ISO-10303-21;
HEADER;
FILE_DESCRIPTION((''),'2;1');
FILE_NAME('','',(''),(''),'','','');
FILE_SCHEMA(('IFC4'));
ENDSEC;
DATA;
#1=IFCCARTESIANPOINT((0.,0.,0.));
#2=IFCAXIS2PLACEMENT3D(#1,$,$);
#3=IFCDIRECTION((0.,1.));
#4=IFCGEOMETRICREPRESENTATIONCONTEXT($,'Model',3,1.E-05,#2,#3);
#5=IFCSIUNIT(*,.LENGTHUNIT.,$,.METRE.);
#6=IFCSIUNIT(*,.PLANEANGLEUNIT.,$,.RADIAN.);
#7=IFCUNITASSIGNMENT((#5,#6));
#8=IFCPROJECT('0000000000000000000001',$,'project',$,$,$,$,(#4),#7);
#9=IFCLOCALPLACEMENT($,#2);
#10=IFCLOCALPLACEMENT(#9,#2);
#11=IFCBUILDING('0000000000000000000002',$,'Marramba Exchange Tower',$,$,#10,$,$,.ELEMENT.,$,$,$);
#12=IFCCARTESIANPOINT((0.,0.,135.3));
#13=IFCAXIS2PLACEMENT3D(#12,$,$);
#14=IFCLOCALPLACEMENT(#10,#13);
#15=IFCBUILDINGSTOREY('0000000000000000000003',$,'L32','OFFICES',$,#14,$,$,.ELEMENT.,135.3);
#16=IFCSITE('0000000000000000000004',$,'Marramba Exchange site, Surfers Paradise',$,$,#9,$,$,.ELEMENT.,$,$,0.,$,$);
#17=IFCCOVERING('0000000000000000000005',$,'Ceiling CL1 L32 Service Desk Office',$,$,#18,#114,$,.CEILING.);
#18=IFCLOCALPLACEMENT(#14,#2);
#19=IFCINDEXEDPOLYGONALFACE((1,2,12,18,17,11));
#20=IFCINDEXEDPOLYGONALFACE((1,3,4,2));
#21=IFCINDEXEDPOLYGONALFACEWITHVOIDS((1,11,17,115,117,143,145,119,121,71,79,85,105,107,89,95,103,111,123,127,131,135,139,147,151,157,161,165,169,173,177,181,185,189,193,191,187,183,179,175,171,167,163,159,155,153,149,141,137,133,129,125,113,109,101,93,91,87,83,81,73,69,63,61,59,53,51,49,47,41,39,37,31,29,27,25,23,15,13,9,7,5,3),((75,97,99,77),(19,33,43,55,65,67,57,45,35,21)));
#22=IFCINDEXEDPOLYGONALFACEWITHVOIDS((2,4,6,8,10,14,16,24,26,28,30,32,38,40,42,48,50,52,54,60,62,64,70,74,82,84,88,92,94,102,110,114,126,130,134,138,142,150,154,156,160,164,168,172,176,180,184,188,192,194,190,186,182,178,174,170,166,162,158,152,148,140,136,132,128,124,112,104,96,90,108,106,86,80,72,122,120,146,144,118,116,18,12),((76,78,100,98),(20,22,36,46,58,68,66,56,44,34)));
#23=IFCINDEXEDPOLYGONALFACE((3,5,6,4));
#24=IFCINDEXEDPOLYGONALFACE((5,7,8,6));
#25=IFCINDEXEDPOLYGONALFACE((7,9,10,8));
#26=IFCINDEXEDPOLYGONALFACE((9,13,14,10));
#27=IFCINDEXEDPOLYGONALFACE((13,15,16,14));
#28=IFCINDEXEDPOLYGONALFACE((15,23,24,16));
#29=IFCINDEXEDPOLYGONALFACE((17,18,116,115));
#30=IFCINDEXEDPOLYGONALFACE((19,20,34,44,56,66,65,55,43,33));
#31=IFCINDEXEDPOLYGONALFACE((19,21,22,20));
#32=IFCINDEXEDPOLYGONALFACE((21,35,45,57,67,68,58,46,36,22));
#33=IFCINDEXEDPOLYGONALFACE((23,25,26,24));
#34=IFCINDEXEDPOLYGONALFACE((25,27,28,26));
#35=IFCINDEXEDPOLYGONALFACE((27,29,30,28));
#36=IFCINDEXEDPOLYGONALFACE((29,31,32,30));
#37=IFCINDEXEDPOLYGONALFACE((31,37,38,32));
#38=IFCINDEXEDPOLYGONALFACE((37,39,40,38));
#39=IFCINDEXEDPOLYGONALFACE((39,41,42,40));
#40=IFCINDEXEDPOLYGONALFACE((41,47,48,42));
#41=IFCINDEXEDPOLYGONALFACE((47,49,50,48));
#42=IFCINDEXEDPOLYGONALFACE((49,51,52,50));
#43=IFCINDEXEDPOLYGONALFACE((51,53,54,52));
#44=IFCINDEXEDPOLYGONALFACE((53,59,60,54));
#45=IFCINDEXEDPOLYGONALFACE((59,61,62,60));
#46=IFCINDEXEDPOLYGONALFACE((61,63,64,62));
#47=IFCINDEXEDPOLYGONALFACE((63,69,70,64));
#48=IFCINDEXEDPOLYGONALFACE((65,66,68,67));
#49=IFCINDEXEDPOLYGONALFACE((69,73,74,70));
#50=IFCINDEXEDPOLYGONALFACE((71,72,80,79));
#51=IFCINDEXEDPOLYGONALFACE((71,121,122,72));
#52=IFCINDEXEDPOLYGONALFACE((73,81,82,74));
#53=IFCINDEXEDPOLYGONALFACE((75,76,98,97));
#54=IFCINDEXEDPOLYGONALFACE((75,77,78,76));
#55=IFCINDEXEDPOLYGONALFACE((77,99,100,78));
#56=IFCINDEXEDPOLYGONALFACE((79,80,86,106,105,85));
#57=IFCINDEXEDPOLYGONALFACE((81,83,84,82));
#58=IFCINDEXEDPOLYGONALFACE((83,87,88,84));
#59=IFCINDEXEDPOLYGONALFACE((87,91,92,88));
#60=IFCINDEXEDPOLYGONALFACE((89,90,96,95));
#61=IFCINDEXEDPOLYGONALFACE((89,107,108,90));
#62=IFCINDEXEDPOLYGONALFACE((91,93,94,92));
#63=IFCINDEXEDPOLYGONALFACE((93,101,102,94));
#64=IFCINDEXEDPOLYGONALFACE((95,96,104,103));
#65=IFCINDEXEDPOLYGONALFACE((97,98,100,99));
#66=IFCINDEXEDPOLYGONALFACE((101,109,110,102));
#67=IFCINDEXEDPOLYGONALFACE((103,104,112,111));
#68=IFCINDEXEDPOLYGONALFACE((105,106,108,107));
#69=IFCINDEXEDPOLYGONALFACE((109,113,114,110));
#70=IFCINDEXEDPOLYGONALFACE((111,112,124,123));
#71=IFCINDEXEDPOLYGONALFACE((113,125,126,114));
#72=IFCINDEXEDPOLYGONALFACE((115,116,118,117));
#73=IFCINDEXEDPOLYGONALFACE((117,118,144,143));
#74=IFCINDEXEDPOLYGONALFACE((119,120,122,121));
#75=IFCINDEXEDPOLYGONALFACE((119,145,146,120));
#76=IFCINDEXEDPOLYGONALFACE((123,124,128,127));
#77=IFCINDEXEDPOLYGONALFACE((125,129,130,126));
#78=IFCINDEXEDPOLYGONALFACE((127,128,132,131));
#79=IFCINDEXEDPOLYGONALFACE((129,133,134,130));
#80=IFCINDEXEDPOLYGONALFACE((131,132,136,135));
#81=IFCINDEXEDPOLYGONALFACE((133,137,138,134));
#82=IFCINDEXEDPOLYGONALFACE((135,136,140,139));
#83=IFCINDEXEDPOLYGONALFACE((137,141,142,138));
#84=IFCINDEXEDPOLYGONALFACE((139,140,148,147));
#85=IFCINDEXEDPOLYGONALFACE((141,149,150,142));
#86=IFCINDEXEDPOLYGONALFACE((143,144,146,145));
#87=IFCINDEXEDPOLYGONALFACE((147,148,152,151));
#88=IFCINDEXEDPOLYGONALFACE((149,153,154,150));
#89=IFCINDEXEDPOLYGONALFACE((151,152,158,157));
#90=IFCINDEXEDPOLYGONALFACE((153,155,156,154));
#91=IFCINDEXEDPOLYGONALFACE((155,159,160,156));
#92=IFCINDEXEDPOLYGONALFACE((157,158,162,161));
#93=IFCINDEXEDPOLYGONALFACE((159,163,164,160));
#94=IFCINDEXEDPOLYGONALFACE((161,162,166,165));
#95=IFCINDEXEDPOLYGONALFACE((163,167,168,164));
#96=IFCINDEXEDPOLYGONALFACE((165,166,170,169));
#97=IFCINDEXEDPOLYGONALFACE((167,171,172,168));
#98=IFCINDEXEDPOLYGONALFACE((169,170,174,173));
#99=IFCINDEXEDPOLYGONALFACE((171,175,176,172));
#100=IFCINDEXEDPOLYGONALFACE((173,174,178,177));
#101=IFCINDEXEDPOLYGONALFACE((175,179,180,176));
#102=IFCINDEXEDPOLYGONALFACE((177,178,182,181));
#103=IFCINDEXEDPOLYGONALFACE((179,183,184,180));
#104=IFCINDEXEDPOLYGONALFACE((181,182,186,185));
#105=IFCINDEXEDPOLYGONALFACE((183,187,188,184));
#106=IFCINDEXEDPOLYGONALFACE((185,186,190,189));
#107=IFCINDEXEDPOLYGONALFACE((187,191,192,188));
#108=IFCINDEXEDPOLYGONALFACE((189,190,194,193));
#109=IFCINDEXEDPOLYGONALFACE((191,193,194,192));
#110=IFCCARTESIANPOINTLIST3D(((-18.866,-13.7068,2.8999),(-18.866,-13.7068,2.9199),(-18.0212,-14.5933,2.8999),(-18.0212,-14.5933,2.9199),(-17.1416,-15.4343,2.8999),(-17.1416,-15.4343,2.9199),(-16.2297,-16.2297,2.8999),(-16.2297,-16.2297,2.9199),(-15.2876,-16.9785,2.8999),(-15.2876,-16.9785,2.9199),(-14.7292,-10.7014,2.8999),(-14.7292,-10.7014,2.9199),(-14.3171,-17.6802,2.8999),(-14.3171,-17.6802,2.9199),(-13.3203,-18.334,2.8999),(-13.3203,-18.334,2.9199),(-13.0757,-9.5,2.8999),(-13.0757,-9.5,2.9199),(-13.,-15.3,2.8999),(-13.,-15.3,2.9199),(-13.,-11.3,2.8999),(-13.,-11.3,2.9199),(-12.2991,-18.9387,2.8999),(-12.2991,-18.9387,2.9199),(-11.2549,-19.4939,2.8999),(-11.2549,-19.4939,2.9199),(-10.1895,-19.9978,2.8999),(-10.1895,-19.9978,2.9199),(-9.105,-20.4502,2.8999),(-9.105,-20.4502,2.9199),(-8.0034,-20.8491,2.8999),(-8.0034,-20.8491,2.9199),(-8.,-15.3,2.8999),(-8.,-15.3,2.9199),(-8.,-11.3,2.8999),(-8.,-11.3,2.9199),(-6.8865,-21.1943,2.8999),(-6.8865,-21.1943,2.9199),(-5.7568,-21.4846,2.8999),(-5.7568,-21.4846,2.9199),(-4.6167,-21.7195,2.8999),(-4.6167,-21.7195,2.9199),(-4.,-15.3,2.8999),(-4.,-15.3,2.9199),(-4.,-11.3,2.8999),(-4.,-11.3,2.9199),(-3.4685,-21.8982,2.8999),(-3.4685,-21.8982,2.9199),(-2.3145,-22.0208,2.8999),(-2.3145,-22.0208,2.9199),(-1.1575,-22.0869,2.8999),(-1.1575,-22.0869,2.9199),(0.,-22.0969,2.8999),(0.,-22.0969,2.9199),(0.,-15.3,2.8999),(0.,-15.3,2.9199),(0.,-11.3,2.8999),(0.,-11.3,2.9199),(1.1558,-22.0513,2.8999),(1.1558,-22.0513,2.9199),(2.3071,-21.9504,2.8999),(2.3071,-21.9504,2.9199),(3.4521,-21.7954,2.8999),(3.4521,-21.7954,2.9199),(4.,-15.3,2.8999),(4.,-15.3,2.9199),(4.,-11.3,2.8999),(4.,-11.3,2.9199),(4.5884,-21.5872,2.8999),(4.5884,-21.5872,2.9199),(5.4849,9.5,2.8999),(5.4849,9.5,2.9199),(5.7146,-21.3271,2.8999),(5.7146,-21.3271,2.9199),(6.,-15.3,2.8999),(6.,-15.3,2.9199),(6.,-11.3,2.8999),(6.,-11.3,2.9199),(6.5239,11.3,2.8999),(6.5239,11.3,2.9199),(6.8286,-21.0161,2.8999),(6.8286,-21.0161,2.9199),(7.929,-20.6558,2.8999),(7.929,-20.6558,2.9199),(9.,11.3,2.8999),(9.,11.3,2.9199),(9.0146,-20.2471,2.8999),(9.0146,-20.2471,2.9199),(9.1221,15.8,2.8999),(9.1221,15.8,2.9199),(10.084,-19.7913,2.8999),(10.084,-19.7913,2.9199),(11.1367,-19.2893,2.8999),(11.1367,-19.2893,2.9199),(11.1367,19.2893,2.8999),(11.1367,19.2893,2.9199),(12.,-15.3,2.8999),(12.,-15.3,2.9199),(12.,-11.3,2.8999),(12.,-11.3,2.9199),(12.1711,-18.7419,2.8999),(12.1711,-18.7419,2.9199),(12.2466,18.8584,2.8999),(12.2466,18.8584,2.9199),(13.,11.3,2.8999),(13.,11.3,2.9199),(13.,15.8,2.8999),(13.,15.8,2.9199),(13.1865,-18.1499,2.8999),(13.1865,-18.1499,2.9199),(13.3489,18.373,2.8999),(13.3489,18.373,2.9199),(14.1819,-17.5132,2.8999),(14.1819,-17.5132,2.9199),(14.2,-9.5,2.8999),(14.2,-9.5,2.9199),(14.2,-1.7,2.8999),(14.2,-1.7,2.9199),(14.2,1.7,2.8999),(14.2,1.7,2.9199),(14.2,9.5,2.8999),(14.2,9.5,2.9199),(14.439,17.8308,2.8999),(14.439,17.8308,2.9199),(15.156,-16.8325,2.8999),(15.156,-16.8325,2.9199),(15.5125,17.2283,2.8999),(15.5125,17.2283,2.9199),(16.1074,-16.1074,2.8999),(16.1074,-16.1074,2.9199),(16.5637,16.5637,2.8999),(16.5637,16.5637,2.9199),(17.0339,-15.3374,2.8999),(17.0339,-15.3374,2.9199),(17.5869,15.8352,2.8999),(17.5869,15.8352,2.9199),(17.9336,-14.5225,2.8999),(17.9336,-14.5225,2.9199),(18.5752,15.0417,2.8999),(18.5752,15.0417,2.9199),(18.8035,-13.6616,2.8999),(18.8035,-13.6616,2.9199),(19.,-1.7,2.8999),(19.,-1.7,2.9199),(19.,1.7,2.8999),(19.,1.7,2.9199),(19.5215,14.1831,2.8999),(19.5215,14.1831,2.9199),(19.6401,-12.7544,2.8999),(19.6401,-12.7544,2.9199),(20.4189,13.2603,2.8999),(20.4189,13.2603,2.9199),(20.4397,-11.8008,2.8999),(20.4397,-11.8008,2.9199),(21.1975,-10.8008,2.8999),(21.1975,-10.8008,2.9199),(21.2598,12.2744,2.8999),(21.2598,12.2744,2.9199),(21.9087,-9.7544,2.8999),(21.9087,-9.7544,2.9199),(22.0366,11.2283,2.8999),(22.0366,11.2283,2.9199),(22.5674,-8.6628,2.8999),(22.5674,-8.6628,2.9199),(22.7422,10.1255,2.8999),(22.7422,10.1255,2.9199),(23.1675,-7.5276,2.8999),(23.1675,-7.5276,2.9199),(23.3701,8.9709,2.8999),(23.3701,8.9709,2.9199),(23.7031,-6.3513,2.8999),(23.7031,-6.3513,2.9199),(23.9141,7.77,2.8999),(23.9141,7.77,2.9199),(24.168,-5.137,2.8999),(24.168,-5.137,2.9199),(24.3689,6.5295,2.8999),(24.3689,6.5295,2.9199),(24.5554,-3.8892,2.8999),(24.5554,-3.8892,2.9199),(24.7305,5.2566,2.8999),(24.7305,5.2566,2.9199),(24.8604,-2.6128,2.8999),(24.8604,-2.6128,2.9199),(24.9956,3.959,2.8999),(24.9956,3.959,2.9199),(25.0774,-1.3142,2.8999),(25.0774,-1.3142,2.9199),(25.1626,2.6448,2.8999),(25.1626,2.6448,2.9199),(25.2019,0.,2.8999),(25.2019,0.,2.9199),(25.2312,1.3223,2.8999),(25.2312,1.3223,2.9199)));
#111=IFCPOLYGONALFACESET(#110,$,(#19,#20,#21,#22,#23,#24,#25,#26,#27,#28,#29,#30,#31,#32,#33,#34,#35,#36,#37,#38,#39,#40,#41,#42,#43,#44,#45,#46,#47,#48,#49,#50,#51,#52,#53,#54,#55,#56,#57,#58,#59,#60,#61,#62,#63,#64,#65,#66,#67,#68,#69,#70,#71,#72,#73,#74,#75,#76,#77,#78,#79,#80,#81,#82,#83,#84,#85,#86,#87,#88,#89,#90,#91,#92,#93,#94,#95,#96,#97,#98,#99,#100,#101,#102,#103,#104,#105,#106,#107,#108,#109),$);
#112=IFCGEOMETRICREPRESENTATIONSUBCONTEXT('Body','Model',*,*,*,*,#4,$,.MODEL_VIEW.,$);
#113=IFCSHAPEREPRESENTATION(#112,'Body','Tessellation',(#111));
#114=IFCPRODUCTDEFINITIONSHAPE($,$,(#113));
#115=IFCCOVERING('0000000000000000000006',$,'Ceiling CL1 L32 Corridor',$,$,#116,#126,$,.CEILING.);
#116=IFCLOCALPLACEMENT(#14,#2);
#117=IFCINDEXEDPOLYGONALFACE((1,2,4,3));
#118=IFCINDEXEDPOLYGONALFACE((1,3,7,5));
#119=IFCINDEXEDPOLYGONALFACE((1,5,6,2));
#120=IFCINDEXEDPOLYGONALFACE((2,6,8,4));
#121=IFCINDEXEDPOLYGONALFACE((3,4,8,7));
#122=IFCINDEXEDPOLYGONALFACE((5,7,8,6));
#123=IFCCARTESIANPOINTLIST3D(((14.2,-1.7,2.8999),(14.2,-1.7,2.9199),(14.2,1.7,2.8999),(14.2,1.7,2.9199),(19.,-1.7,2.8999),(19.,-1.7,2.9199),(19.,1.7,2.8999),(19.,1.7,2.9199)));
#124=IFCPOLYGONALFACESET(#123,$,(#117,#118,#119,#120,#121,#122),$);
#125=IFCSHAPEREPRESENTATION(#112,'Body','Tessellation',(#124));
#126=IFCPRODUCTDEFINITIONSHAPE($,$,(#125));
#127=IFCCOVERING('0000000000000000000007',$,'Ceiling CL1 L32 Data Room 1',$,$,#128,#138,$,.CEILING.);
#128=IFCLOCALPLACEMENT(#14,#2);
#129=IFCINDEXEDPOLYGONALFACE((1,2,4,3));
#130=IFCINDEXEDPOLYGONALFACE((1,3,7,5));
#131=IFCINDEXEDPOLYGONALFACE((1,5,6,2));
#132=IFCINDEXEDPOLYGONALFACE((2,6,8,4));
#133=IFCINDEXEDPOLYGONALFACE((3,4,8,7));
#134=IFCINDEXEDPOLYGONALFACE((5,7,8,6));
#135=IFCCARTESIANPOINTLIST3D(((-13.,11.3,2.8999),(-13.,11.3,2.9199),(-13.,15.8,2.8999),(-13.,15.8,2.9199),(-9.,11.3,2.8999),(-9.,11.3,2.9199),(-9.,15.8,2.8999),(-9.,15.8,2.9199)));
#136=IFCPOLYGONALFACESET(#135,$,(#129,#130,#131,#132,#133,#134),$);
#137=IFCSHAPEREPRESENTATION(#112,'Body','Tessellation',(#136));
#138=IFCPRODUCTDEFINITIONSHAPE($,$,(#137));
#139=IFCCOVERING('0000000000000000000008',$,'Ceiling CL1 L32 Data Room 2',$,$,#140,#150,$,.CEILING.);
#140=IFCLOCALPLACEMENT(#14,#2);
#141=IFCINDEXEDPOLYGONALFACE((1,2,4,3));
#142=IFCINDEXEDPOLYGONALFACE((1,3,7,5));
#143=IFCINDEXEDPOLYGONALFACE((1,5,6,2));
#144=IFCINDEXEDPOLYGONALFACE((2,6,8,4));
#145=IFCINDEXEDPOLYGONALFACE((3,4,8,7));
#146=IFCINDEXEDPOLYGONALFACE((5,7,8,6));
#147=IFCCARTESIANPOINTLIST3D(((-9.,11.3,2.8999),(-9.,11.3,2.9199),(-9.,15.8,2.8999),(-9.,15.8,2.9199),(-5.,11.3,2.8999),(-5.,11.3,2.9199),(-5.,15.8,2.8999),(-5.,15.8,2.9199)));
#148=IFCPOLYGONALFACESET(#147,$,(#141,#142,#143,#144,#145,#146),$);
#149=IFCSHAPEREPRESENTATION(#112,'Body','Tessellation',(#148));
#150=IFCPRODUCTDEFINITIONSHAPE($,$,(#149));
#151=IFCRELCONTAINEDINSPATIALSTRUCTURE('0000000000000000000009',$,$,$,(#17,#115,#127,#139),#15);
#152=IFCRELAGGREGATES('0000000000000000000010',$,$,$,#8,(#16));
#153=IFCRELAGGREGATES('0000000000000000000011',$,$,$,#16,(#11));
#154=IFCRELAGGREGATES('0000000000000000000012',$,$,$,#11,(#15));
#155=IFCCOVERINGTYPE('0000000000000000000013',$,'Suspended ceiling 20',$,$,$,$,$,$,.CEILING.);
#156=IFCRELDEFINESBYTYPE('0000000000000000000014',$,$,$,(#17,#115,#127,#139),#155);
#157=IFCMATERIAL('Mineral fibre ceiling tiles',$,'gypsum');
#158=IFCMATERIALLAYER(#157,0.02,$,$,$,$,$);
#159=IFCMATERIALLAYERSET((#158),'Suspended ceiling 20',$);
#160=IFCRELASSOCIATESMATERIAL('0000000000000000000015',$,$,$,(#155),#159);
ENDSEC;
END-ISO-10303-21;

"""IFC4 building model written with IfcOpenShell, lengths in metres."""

from ifc_helpers import new_model, si_unit, direction, frame, origin, place, context, subcontext, project, spatial, polyline, outline, extrude, material, layer, layer_set, type_object, element, save


model = new_model("IFC4")

# Units and contexts
model_context = context("Model", 3, precision=1e-05, world=origin(), true_north=direction((0.0, 1.0)))
body_context = subcontext(model_context, "Body", "Model", "MODEL_VIEW")
ifc_project = project(units=[si_unit("LENGTHUNIT", "METRE"), si_unit("PLANEANGLEUNIT", "RADIAN")], contexts=[model_context])

# Site, building, storey
site_placement = place(None, origin())
site = spatial("IfcSite", under=ifc_project, at=site_placement, Name="Marramba Exchange site, Surfers Paradise", CompositionType="ELEMENT", RefElevation=0.0)
building_placement = place(site_placement, origin())
building = spatial("IfcBuilding", under=site, at=building_placement, Name="Marramba Exchange Tower", CompositionType="ELEMENT")
storey_placement = place(building_placement, frame((0.0, 0.0, 135.3)))
storey = spatial("IfcBuildingStorey", under=building, at=storey_placement, Name="L32", Description="OFFICES", CompositionType="ELEMENT", Elevation=135.3)

# Coverings
ifc_material_1 = material(Name="Mineral fibre ceiling tiles", Category="gypsum")
ifc_layer_1 = layer(ifc_material_1, 0.02)
ifc_layer_set_1 = layer_set([ifc_layer_1], Name="Suspended ceiling 20")
covering_type = type_object("IfcCoveringType", Name="Suspended ceiling 20", PredefinedType="CEILING", material=ifc_layer_set_1)
covering_1_placement = place(storey_placement, frame((0.0, 0.0, 2.8999)))
element("IfcCovering", 1, at=covering_1_placement, inside=storey, type_object=covering_type, Name="Ceiling CL1 L32 Service Desk Office", PredefinedType="CEILING", context=body_context, shape_type="SweptSolid", body=[
    extrude(outline(polyline([(14.2, -9.5), (14.2, -1.7), (19.0, -1.7), (19.0, 1.7), (14.2, 1.7), (14.2, 9.5), (5.4849, 9.5), (6.5239, 11.3), (9.0, 11.3), (13.0, 11.3), (13.0, 15.8), (9.1221, 15.8), (11.1367, 19.2893), (12.2466, 18.8584), (13.3489, 18.373), (14.439, 17.8308), (15.5125, 17.2283), (16.5637, 16.5637), (17.5869, 15.8352), (18.5752, 15.0417), (19.5215, 14.1831), (20.4189, 13.2603), (21.2598, 12.2744), (22.0366, 11.2283), (22.7422, 10.1255), (23.3701, 8.9709), (23.9141, 7.77), (24.3689, 6.5295), (24.7305, 5.2566), (24.9956, 3.959), (25.1626, 2.6448), (25.2312, 1.3223), (25.2019, 0.0), (25.0774, -1.3142), (24.8604, -2.6128), (24.5554, -3.8892), (24.168, -5.137), (23.7031, -6.3513), (23.1675, -7.5276), (22.5674, -8.6628), (21.9087, -9.7544), (21.1975, -10.8008), (20.4397, -11.8008), (19.6401, -12.7544), (18.8035, -13.6616), (17.9336, -14.5225), (17.0339, -15.3374), (16.1074, -16.1074), (15.156, -16.8325), (14.1819, -17.5132), (13.1865, -18.1499), (12.1711, -18.7419), (11.1367, -19.2893), (10.084, -19.7913), (9.0146, -20.2471), (7.929, -20.6558), (6.8286, -21.0161), (5.7146, -21.3271), (4.5884, -21.5872), (3.4521, -21.7954), (2.3071, -21.9504), (1.1558, -22.0513), (0.0, -22.0969), (-1.1575, -22.0869), (-2.3145, -22.0208), (-3.4685, -21.8982), (-4.6167, -21.7195), (-5.7568, -21.4846), (-6.8865, -21.1943), (-8.0034, -20.8491), (-9.105, -20.4502), (-10.1895, -19.9978), (-11.2549, -19.4939), (-12.2991, -18.9387), (-13.3203, -18.334), (-14.3171, -17.6802), (-15.2876, -16.9785), (-16.2297, -16.2297), (-17.1416, -15.4343), (-18.0212, -14.5933), (-18.866, -13.7068), (-14.7292, -10.7014), (-13.0757, -9.5), (14.2, -9.5)]), holes=[polyline([(6.0, -11.3), (6.0, -15.3), (12.0, -15.3), (12.0, -11.3), (6.0, -11.3)]), polyline([(-13.0, -15.3), (-8.0, -15.3), (-4.0, -15.3), (0.0, -15.3), (4.0, -15.3), (4.0, -11.3), (0.0, -11.3), (-4.0, -11.3), (-8.0, -11.3), (-13.0, -11.3), (-13.0, -15.3)])]), origin(), (0.0, 0.0, 1.0), 0.02),
])
covering_2_placement = place(storey_placement, frame((0.0, 0.0, 2.8999)))
element("IfcCovering", 2, at=covering_2_placement, inside=storey, type_object=covering_type, Name="Ceiling CL1 L32 Corridor", PredefinedType="CEILING", context=body_context, shape_type="SweptSolid", body=[
    extrude(outline(polyline([(14.2, -1.7), (14.2, 1.7), (19.0, 1.7), (19.0, -1.7), (14.2, -1.7)])), origin(), (0.0, 0.0, 1.0), 0.02),
])
covering_3_placement = place(storey_placement, frame((0.0, 0.0, 2.8999)))
element("IfcCovering", 3, at=covering_3_placement, inside=storey, type_object=covering_type, Name="Ceiling CL1 L32 Data Room 1", PredefinedType="CEILING", context=body_context, shape_type="SweptSolid", body=[
    extrude(outline(polyline([(-9.0, 11.3), (-13.0, 11.3), (-13.0, 15.8), (-9.0, 15.8), (-9.0, 11.3)])), origin(), (0.0, 0.0, 1.0), 0.02),
])
covering_4_placement = place(storey_placement, frame((0.0, 0.0, 2.8999)))
element("IfcCovering", 4, at=covering_4_placement, inside=storey, type_object=covering_type, Name="Ceiling CL1 L32 Data Room 2", PredefinedType="CEILING", context=body_context, shape_type="SweptSolid", body=[
    extrude(outline(polyline([(-5.0, 11.3), (-9.0, 11.3), (-9.0, 15.8), (-5.0, 15.8), (-5.0, 11.3)])), origin(), (0.0, 0.0, 1.0), 0.02),
])

save(model, "model.ifc")
